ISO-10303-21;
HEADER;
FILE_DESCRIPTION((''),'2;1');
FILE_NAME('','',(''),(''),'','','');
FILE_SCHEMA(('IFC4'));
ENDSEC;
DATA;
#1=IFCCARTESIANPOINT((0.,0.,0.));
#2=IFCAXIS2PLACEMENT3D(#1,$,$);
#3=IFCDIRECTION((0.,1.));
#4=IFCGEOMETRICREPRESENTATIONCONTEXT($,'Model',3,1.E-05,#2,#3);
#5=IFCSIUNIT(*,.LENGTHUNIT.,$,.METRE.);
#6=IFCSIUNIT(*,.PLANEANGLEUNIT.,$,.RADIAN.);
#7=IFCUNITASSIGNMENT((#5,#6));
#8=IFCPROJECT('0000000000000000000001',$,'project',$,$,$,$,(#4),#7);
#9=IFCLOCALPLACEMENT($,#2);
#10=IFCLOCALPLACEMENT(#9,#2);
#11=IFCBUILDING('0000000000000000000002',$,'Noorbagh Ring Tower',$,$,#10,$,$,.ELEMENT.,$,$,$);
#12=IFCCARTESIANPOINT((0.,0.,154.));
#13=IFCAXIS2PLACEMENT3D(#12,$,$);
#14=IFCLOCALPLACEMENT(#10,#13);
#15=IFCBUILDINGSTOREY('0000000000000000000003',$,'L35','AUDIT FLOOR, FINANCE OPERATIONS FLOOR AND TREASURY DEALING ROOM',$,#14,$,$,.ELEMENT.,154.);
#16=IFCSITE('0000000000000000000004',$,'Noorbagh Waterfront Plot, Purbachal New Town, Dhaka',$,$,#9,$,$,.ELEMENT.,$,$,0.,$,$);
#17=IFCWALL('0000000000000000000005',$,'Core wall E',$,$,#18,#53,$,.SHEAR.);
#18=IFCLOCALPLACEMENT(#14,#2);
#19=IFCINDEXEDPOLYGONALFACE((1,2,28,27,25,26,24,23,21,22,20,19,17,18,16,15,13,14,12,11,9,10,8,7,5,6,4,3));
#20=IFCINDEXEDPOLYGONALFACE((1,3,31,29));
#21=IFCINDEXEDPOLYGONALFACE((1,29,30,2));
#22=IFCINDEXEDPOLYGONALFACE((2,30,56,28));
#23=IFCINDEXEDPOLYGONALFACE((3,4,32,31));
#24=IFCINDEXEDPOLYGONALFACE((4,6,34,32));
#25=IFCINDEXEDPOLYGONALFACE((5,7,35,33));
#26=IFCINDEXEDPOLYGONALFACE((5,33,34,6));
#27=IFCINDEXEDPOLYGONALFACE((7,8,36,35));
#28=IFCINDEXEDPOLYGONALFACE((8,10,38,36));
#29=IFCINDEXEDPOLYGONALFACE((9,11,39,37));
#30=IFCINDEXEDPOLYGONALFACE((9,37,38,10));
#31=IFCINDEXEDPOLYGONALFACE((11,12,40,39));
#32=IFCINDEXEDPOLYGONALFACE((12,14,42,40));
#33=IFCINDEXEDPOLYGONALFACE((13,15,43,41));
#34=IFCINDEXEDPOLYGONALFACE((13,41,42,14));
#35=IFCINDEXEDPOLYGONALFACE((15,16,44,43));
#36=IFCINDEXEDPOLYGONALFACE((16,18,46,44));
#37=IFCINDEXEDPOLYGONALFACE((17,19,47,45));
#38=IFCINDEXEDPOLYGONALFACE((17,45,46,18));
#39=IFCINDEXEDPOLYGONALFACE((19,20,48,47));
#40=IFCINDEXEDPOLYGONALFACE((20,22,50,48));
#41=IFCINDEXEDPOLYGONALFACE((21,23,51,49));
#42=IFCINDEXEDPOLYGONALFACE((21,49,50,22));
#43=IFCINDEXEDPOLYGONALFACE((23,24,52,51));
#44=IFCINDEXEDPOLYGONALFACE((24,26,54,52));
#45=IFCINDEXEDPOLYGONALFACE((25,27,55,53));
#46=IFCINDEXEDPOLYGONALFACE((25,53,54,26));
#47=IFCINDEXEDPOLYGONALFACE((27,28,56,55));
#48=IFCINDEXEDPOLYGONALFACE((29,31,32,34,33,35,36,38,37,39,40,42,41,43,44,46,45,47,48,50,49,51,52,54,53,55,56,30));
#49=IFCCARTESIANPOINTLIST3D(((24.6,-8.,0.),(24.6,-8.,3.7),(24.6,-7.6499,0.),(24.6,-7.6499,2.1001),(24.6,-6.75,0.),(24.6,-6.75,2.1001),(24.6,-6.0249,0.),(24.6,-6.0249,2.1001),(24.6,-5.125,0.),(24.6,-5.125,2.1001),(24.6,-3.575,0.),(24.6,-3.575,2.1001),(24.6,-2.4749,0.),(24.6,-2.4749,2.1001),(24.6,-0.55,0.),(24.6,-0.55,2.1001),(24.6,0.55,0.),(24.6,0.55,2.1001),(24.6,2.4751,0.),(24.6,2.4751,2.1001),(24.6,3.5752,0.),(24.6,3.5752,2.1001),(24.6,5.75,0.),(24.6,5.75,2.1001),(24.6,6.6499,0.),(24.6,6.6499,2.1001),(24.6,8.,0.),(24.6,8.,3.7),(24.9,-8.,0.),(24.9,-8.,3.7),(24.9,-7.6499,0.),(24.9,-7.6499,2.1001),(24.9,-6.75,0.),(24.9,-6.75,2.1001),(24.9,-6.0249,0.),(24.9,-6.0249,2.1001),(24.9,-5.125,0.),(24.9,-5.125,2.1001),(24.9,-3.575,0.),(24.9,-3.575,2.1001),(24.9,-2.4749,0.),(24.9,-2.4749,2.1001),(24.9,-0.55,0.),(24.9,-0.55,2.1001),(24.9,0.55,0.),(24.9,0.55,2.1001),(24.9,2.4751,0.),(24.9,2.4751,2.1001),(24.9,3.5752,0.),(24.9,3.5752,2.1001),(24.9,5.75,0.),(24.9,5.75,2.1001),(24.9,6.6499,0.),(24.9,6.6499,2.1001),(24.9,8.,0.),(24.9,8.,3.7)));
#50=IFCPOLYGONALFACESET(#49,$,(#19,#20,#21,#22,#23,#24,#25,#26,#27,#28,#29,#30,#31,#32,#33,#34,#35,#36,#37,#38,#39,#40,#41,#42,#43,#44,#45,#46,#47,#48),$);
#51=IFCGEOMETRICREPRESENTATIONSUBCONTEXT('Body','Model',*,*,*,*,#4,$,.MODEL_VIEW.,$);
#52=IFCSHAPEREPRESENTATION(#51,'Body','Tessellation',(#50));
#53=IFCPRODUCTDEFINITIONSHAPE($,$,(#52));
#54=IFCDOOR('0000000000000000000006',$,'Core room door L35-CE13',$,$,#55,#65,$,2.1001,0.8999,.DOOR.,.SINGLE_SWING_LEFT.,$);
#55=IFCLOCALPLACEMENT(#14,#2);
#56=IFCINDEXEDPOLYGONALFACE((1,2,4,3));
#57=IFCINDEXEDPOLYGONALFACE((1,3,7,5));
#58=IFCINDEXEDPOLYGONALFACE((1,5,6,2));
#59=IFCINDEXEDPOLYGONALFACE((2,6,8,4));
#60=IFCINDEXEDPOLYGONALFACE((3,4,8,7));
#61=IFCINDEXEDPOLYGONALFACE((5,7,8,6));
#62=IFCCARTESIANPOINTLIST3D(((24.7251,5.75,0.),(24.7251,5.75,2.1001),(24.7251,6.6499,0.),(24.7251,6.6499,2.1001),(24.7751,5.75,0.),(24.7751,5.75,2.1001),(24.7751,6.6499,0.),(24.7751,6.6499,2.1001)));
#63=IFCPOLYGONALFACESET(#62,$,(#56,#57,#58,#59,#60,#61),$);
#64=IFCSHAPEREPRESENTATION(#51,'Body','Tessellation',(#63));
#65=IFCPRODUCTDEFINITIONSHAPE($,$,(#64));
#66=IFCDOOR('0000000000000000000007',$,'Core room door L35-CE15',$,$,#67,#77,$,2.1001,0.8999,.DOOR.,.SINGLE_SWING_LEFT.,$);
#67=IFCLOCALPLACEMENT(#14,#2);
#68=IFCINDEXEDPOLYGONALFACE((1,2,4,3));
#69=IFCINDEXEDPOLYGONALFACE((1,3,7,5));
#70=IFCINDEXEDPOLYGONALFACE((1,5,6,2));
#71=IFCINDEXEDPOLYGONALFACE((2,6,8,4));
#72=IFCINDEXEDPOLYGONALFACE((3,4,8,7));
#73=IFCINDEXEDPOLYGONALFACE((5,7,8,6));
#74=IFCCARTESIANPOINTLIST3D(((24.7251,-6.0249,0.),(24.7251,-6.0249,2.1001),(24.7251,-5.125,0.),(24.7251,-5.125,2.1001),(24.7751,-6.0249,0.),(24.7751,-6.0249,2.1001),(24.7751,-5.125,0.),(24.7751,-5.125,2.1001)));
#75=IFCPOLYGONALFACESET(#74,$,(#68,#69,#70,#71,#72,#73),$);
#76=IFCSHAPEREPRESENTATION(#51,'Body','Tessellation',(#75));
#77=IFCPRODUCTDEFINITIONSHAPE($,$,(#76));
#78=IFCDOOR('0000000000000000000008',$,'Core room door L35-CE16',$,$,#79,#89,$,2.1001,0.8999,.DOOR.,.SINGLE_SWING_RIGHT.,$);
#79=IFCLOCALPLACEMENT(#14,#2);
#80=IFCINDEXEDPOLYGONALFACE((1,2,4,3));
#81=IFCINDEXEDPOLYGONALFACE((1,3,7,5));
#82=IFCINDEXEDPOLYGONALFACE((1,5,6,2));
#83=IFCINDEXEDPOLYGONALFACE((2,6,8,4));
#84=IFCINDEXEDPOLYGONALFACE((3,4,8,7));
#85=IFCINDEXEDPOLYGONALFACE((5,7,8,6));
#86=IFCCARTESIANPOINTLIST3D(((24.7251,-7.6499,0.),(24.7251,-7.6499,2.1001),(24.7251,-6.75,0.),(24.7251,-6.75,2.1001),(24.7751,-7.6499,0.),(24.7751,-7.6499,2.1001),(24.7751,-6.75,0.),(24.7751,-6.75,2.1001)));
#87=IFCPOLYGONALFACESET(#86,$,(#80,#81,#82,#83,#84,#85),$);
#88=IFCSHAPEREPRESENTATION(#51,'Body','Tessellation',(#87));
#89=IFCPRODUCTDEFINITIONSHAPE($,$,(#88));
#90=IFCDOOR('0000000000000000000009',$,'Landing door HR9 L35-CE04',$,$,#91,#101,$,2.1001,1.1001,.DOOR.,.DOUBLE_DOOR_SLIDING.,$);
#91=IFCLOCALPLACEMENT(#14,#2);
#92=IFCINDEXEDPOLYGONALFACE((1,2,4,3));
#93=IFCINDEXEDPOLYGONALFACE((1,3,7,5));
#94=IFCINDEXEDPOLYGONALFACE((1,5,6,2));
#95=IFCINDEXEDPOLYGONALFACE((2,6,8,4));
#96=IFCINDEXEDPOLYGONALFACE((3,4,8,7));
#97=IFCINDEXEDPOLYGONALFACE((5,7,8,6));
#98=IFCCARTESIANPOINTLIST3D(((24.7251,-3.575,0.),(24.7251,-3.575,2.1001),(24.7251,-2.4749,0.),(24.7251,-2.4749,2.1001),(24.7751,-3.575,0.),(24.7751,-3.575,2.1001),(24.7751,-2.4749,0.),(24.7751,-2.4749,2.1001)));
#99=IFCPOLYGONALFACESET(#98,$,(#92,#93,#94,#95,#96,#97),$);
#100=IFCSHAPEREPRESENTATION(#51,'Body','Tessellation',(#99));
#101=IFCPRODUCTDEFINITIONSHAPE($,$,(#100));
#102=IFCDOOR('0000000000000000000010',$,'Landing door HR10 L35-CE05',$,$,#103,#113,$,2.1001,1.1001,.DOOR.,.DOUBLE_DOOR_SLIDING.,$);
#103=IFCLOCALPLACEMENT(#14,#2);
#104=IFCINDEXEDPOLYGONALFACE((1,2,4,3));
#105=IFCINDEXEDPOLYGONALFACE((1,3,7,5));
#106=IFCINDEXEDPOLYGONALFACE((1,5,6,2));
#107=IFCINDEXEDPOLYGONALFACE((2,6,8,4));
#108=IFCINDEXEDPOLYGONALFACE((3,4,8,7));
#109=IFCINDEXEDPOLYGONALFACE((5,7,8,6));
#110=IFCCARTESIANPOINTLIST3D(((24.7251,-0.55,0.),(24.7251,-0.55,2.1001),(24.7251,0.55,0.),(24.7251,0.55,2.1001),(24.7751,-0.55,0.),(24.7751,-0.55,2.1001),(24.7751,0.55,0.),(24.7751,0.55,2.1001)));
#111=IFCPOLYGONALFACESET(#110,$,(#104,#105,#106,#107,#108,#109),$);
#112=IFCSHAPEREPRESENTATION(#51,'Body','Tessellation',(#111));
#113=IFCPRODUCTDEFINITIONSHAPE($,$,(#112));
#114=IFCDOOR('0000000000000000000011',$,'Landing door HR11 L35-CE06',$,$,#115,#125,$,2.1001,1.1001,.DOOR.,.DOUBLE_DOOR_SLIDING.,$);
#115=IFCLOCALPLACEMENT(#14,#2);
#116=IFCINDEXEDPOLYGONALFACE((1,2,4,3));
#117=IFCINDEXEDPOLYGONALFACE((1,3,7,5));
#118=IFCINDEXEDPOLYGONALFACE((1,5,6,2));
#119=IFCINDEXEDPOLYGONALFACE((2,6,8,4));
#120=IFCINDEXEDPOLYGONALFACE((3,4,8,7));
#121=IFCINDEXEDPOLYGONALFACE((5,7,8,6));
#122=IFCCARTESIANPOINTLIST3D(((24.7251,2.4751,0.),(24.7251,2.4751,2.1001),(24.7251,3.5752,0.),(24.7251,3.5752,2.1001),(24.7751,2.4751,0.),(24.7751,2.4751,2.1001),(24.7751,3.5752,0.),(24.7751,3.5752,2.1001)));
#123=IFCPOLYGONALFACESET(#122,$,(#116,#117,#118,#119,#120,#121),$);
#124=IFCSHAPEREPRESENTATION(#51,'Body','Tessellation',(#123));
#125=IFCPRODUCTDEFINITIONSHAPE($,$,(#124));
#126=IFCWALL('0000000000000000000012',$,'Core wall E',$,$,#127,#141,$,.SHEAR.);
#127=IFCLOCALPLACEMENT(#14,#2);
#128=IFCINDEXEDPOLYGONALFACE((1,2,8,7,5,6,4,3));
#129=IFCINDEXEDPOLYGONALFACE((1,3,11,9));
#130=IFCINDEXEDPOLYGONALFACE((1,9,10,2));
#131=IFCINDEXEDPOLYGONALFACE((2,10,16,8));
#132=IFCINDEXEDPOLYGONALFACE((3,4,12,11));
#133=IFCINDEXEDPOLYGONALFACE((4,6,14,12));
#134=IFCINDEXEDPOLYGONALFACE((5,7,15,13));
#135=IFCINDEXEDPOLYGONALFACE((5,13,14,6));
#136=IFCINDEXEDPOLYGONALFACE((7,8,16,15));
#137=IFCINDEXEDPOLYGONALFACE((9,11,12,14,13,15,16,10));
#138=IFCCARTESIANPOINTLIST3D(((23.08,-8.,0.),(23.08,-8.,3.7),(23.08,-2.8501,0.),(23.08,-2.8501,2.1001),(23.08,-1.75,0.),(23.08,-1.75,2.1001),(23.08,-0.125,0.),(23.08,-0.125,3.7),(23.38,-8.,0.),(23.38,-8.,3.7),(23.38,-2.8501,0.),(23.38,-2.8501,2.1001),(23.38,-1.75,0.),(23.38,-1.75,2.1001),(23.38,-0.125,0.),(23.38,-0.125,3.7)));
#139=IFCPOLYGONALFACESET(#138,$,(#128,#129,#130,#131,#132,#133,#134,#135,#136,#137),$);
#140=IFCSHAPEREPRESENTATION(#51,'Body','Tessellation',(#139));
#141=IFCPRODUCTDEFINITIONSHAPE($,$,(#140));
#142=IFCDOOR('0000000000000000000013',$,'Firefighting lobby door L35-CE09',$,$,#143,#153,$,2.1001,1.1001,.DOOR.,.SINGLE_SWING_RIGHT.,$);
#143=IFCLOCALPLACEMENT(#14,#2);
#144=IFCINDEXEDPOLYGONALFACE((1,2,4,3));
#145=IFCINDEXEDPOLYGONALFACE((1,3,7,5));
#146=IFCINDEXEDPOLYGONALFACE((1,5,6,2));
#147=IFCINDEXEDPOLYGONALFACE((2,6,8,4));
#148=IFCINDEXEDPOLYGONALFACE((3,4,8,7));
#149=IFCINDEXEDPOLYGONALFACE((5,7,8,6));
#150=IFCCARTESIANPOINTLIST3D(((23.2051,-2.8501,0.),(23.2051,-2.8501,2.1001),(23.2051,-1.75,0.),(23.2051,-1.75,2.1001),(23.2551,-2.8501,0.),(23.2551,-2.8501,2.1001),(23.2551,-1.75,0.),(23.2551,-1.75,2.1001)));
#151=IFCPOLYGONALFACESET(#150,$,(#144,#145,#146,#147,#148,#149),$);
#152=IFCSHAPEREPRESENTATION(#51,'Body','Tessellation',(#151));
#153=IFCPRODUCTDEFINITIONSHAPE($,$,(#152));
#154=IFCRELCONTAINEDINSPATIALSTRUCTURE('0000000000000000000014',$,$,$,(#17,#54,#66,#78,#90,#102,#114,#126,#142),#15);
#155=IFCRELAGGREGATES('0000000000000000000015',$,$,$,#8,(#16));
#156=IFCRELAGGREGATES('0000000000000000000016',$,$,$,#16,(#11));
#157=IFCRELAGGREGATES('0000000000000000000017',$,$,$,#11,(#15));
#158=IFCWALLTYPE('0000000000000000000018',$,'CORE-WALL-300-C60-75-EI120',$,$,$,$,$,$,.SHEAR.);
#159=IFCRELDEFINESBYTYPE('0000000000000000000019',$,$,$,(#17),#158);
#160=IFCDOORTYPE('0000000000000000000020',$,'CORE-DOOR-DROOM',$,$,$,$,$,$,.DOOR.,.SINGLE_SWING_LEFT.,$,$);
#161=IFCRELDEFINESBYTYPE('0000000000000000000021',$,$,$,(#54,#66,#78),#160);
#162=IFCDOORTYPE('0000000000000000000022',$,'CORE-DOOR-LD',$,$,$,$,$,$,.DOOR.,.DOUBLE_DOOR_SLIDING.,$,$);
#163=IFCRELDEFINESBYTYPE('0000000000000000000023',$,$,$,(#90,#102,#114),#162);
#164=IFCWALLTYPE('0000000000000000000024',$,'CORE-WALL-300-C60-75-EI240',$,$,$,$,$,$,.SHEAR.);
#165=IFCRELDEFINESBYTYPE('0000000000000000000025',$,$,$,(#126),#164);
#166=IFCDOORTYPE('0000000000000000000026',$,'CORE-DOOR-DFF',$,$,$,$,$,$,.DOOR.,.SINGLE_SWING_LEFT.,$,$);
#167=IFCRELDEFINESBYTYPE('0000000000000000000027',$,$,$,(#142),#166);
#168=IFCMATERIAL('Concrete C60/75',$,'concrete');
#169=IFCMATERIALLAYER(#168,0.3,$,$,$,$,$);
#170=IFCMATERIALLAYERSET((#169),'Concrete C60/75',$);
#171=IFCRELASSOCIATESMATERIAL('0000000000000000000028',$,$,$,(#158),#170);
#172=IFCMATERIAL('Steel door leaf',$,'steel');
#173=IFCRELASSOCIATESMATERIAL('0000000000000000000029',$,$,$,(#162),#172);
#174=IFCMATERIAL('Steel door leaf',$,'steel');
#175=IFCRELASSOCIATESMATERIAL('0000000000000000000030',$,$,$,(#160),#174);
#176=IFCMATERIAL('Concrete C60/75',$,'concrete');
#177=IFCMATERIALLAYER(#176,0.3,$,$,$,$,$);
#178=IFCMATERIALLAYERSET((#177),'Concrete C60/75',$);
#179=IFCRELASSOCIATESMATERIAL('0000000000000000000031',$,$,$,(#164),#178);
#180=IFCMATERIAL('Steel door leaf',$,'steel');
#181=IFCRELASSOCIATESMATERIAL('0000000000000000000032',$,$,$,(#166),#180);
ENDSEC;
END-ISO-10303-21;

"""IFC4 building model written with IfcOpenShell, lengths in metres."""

from ifc_helpers import new_model, si_unit, direction, frame, frame_2d, origin, place, context, subcontext, project, spatial, rectangle, extrude, material, layer, layer_set, type_object, element, fill, save


model = new_model("IFC4")

# Units and contexts
model_context = context("Model", 3, precision=1e-05, world=origin(), true_north=direction((0.0, 1.0)))
body_context = subcontext(model_context, "Body", "Model", "MODEL_VIEW")
ifc_project = project(units=[si_unit("LENGTHUNIT", "METRE"), si_unit("PLANEANGLEUNIT", "RADIAN")], contexts=[model_context])

# Site, building, storey
site_placement = place(None, origin())
site = spatial("IfcSite", under=ifc_project, at=site_placement, Name="Noorbagh Waterfront Plot, Purbachal New Town, Dhaka", CompositionType="ELEMENT", RefElevation=0.0)
building_placement = place(site_placement, origin())
building = spatial("IfcBuilding", under=site, at=building_placement, Name="Noorbagh Ring Tower", CompositionType="ELEMENT")
storey_placement = place(building_placement, frame((0.0, 0.0, 154.0)))
storey = spatial("IfcBuildingStorey", under=building, at=storey_placement, Name="L35", Description="AUDIT FLOOR, FINANCE OPERATIONS FLOOR AND TREASURY DEALING ROOM", CompositionType="ELEMENT", Elevation=154.0)

# Wall, openings, doors
ifc_material_1 = material(Name="Concrete C60/75", Category="concrete")
ifc_layer_1 = layer(ifc_material_1, 0.3)
ifc_layer_set_1 = layer_set([ifc_layer_1], Name="Concrete C60/75")
wall_type_1 = type_object("IfcWallType", Name="CORE-WALL-300-C60-75-EI120", PredefinedType="SHEAR", material=ifc_layer_set_1)
ifc_material_2 = material(Name="Steel door leaf", Category="steel")
door_type_1 = type_object("IfcDoorType", Name="CORE-DOOR-LD", OperationType="DOUBLE_DOOR_SLIDING", PredefinedType="DOOR", material=ifc_material_2)
wall_1_placement = place(storey_placement, frame((24.75, -8.0, 0.0), z_axis=(0.0, 0.0, 1.0), x_axis=(0.0, 1.0, 0.0)))
wall_1 = element("IfcWall", 1, at=wall_1_placement, inside=storey, type_object=wall_type_1, Name="Core wall E", PredefinedType="SHEAR", context=body_context, shape_type="SweptSolid", body=[
    extrude(rectangle(XDim=16.0, YDim=0.3, at=frame_2d((8.0, 0.0))), origin(), (0.0, 0.0, 1.0), 3.7),
])
opening_1_placement = place(wall_1_placement, frame((4.425, 0.0, 0.0)))
opening_1 = element("IfcOpeningElement", 2, at=opening_1_placement, cuts=wall_1, PredefinedType="OPENING", context=body_context, shape_type="SweptSolid", body=[
    extrude(rectangle(XDim=1.1001, YDim=2.1001, at=frame_2d((0.55, 1.05))), frame((0.0, 0.1602, 0.0), z_axis=(0.0, -1.0, 0.0), x_axis=(1.0, 0.0, 0.0)), (0.0, 0.0, 1.0), 0.3201),
])
opening_2_placement = place(wall_1_placement, frame((7.45, 0.0, 0.0)))
opening_2 = element("IfcOpeningElement", 3, at=opening_2_placement, cuts=wall_1, PredefinedType="OPENING", context=body_context, shape_type="SweptSolid", body=[
    extrude(rectangle(XDim=1.1001, YDim=2.1001, at=frame_2d((0.55, 1.05))), frame((0.0, 0.1602, 0.0), z_axis=(0.0, -1.0, 0.0), x_axis=(1.0, 0.0, 0.0)), (0.0, 0.0, 1.0), 0.3201),
])
opening_3_placement = place(wall_1_placement, frame((10.4751, 0.0, 0.0)))
opening_3 = element("IfcOpeningElement", 4, at=opening_3_placement, cuts=wall_1, PredefinedType="OPENING", context=body_context, shape_type="SweptSolid", body=[
    extrude(rectangle(XDim=1.1001, YDim=2.1001, at=frame_2d((0.55, 1.05))), frame((0.0, 0.1602, 0.0), z_axis=(0.0, -1.0, 0.0), x_axis=(1.0, 0.0, 0.0)), (0.0, 0.0, 1.0), 0.3201),
])
opening_4_placement = place(wall_1_placement, frame((13.75, 0.0, 0.0)))
opening_4 = element("IfcOpeningElement", 5, at=opening_4_placement, cuts=wall_1, PredefinedType="OPENING", context=body_context, shape_type="SweptSolid", body=[
    extrude(rectangle(XDim=0.8999, YDim=2.1001, at=frame_2d((0.45, 1.05))), frame((0.0, 0.1602, 0.0), z_axis=(0.0, -1.0, 0.0), x_axis=(1.0, 0.0, 0.0)), (0.0, 0.0, 1.0), 0.3201),
])
opening_5_placement = place(wall_1_placement, frame((1.9751, 0.0, 0.0)))
opening_5 = element("IfcOpeningElement", 6, at=opening_5_placement, cuts=wall_1, PredefinedType="OPENING", context=body_context, shape_type="SweptSolid", body=[
    extrude(rectangle(XDim=0.8999, YDim=2.1001, at=frame_2d((0.45, 1.05))), frame((0.0, 0.1602, 0.0), z_axis=(0.0, -1.0, 0.0), x_axis=(1.0, 0.0, 0.0)), (0.0, 0.0, 1.0), 0.3201),
])
opening_6_placement = place(wall_1_placement, frame((0.3501, 0.0, 0.0)))
opening_6 = element("IfcOpeningElement", 7, at=opening_6_placement, cuts=wall_1, PredefinedType="OPENING", context=body_context, shape_type="SweptSolid", body=[
    extrude(rectangle(XDim=0.8999, YDim=2.1001, at=frame_2d((0.45, 1.05))), frame((0.0, 0.1602, 0.0), z_axis=(0.0, -1.0, 0.0), x_axis=(1.0, 0.0, 0.0)), (0.0, 0.0, 1.0), 0.3201),
])
ifc_material_3 = material(Name="Steel door leaf", Category="steel")
door_type_2 = type_object("IfcDoorType", Name="CORE-DOOR-DROOM", OperationType="SINGLE_SWING_LEFT", PredefinedType="DOOR", material=ifc_material_3)
door_1_placement = place(opening_4_placement, origin())
door_1 = element("IfcDoor", 8, at=door_1_placement, inside=storey, type_object=door_type_2, Name="Core room door L35-CE13", OperationType="SINGLE_SWING_LEFT", OverallHeight=2.1001, OverallWidth=0.8999, PredefinedType="DOOR", context=body_context, shape_type="SweptSolid", body=[
    extrude(rectangle(XDim=0.8999, YDim=2.1001, at=frame_2d((0.45, 1.05))), frame((0.0, 0.0249, 0.0), z_axis=(0.0, -1.0, 0.0), x_axis=(1.0, 0.0, 0.0)), (0.0, 0.0, 1.0), 0.05),
])
fill(opening_4, door_1)
door_2_placement = place(opening_5_placement, origin())
door_2 = element("IfcDoor", 9, at=door_2_placement, inside=storey, type_object=door_type_2, Name="Core room door L35-CE15", OperationType="SINGLE_SWING_LEFT", OverallHeight=2.1001, OverallWidth=0.8999, PredefinedType="DOOR", context=body_context, shape_type="SweptSolid", body=[
    extrude(rectangle(XDim=0.8999, YDim=2.1001, at=frame_2d((0.45, 1.05))), frame((0.0, 0.0249, 0.0), z_axis=(0.0, -1.0, 0.0), x_axis=(1.0, 0.0, 0.0)), (0.0, 0.0, 1.0), 0.05),
])
fill(opening_5, door_2)
door_3_placement = place(opening_6_placement, origin())
door_3 = element("IfcDoor", 10, at=door_3_placement, inside=storey, type_object=door_type_2, Name="Core room door L35-CE16", OperationType="SINGLE_SWING_RIGHT", OverallHeight=2.1001, OverallWidth=0.8999, PredefinedType="DOOR", context=body_context, shape_type="SweptSolid", body=[
    extrude(rectangle(XDim=0.8999, YDim=2.1001, at=frame_2d((0.45, 1.05))), frame((0.0, 0.0249, 0.0), z_axis=(0.0, -1.0, 0.0), x_axis=(1.0, 0.0, 0.0)), (0.0, 0.0, 1.0), 0.05),
])
fill(opening_6, door_3)
door_4_placement = place(opening_1_placement, origin())
door_4 = element("IfcDoor", 11, at=door_4_placement, inside=storey, type_object=door_type_1, Name="Landing door HR9 L35-CE04", OperationType="DOUBLE_DOOR_SLIDING", OverallHeight=2.1001, OverallWidth=1.1001, PredefinedType="DOOR", context=body_context, shape_type="SweptSolid", body=[
    extrude(rectangle(XDim=1.1001, YDim=2.1001, at=frame_2d((0.55, 1.05))), frame((0.0, 0.0249, 0.0), z_axis=(0.0, -1.0, 0.0), x_axis=(1.0, 0.0, 0.0)), (0.0, 0.0, 1.0), 0.05),
])
fill(opening_1, door_4)
door_5_placement = place(opening_2_placement, origin())
door_5 = element("IfcDoor", 12, at=door_5_placement, inside=storey, type_object=door_type_1, Name="Landing door HR10 L35-CE05", OperationType="DOUBLE_DOOR_SLIDING", OverallHeight=2.1001, OverallWidth=1.1001, PredefinedType="DOOR", context=body_context, shape_type="SweptSolid", body=[
    extrude(rectangle(XDim=1.1001, YDim=2.1001, at=frame_2d((0.55, 1.05))), frame((0.0, 0.0249, 0.0), z_axis=(0.0, -1.0, 0.0), x_axis=(1.0, 0.0, 0.0)), (0.0, 0.0, 1.0), 0.05),
])
fill(opening_2, door_5)
door_6_placement = place(opening_3_placement, origin())
door_6 = element("IfcDoor", 13, at=door_6_placement, inside=storey, type_object=door_type_1, Name="Landing door HR11 L35-CE06", OperationType="DOUBLE_DOOR_SLIDING", OverallHeight=2.1001, OverallWidth=1.1001, PredefinedType="DOOR", context=body_context, shape_type="SweptSolid", body=[
    extrude(rectangle(XDim=1.1001, YDim=2.1001, at=frame_2d((0.55, 1.05))), frame((0.0, 0.0249, 0.0), z_axis=(0.0, -1.0, 0.0), x_axis=(1.0, 0.0, 0.0)), (0.0, 0.0, 1.0), 0.05),
])
fill(opening_3, door_6)

# Wall, opening, door
ifc_material_4 = material(Name="Concrete C60/75", Category="concrete")
ifc_layer_2 = layer(ifc_material_4, 0.3)
ifc_layer_set_2 = layer_set([ifc_layer_2], Name="Concrete C60/75")
wall_type_2 = type_object("IfcWallType", Name="CORE-WALL-300-C60-75-EI240", PredefinedType="SHEAR", material=ifc_layer_set_2)
wall_2_placement = place(storey_placement, frame((23.23, -8.0, 0.0), z_axis=(0.0, 0.0, 1.0), x_axis=(0.0, 1.0, 0.0)))
wall_2 = element("IfcWall", 14, at=wall_2_placement, inside=storey, type_object=wall_type_2, Name="Core wall E", PredefinedType="SHEAR", context=body_context, shape_type="SweptSolid", body=[
    extrude(rectangle(XDim=7.875, YDim=0.3, at=frame_2d((3.9375, 0.0))), origin(), (0.0, 0.0, 1.0), 3.7),
])
opening_7_placement = place(wall_2_placement, frame((5.1499, 0.0, 0.0)))
opening_7 = element("IfcOpeningElement", 15, at=opening_7_placement, cuts=wall_2, PredefinedType="OPENING", context=body_context, shape_type="SweptSolid", body=[
    extrude(rectangle(XDim=1.1001, YDim=2.1001, at=frame_2d((0.55, 1.05))), frame((0.0, 0.1602, 0.0), z_axis=(0.0, -1.0, 0.0), x_axis=(1.0, 0.0, 0.0)), (0.0, 0.0, 1.0), 0.3201),
])
ifc_material_5 = material(Name="Steel door leaf", Category="steel")
door_type_3 = type_object("IfcDoorType", Name="CORE-DOOR-DFF", OperationType="SINGLE_SWING_LEFT", PredefinedType="DOOR", material=ifc_material_5)
door_7_placement = place(opening_7_placement, origin())
door_7 = element("IfcDoor", 16, at=door_7_placement, inside=storey, type_object=door_type_3, Name="Firefighting lobby door L35-CE09", OperationType="SINGLE_SWING_RIGHT", OverallHeight=2.1001, OverallWidth=1.1001, PredefinedType="DOOR", context=body_context, shape_type="SweptSolid", body=[
    extrude(rectangle(XDim=1.1001, YDim=2.1001, at=frame_2d((0.55, 1.05))), frame((0.0, 0.0249, 0.0), z_axis=(0.0, -1.0, 0.0), x_axis=(1.0, 0.0, 0.0)), (0.0, 0.0, 1.0), 0.05),
])
fill(opening_7, door_7)

save(model, "model.ifc")
